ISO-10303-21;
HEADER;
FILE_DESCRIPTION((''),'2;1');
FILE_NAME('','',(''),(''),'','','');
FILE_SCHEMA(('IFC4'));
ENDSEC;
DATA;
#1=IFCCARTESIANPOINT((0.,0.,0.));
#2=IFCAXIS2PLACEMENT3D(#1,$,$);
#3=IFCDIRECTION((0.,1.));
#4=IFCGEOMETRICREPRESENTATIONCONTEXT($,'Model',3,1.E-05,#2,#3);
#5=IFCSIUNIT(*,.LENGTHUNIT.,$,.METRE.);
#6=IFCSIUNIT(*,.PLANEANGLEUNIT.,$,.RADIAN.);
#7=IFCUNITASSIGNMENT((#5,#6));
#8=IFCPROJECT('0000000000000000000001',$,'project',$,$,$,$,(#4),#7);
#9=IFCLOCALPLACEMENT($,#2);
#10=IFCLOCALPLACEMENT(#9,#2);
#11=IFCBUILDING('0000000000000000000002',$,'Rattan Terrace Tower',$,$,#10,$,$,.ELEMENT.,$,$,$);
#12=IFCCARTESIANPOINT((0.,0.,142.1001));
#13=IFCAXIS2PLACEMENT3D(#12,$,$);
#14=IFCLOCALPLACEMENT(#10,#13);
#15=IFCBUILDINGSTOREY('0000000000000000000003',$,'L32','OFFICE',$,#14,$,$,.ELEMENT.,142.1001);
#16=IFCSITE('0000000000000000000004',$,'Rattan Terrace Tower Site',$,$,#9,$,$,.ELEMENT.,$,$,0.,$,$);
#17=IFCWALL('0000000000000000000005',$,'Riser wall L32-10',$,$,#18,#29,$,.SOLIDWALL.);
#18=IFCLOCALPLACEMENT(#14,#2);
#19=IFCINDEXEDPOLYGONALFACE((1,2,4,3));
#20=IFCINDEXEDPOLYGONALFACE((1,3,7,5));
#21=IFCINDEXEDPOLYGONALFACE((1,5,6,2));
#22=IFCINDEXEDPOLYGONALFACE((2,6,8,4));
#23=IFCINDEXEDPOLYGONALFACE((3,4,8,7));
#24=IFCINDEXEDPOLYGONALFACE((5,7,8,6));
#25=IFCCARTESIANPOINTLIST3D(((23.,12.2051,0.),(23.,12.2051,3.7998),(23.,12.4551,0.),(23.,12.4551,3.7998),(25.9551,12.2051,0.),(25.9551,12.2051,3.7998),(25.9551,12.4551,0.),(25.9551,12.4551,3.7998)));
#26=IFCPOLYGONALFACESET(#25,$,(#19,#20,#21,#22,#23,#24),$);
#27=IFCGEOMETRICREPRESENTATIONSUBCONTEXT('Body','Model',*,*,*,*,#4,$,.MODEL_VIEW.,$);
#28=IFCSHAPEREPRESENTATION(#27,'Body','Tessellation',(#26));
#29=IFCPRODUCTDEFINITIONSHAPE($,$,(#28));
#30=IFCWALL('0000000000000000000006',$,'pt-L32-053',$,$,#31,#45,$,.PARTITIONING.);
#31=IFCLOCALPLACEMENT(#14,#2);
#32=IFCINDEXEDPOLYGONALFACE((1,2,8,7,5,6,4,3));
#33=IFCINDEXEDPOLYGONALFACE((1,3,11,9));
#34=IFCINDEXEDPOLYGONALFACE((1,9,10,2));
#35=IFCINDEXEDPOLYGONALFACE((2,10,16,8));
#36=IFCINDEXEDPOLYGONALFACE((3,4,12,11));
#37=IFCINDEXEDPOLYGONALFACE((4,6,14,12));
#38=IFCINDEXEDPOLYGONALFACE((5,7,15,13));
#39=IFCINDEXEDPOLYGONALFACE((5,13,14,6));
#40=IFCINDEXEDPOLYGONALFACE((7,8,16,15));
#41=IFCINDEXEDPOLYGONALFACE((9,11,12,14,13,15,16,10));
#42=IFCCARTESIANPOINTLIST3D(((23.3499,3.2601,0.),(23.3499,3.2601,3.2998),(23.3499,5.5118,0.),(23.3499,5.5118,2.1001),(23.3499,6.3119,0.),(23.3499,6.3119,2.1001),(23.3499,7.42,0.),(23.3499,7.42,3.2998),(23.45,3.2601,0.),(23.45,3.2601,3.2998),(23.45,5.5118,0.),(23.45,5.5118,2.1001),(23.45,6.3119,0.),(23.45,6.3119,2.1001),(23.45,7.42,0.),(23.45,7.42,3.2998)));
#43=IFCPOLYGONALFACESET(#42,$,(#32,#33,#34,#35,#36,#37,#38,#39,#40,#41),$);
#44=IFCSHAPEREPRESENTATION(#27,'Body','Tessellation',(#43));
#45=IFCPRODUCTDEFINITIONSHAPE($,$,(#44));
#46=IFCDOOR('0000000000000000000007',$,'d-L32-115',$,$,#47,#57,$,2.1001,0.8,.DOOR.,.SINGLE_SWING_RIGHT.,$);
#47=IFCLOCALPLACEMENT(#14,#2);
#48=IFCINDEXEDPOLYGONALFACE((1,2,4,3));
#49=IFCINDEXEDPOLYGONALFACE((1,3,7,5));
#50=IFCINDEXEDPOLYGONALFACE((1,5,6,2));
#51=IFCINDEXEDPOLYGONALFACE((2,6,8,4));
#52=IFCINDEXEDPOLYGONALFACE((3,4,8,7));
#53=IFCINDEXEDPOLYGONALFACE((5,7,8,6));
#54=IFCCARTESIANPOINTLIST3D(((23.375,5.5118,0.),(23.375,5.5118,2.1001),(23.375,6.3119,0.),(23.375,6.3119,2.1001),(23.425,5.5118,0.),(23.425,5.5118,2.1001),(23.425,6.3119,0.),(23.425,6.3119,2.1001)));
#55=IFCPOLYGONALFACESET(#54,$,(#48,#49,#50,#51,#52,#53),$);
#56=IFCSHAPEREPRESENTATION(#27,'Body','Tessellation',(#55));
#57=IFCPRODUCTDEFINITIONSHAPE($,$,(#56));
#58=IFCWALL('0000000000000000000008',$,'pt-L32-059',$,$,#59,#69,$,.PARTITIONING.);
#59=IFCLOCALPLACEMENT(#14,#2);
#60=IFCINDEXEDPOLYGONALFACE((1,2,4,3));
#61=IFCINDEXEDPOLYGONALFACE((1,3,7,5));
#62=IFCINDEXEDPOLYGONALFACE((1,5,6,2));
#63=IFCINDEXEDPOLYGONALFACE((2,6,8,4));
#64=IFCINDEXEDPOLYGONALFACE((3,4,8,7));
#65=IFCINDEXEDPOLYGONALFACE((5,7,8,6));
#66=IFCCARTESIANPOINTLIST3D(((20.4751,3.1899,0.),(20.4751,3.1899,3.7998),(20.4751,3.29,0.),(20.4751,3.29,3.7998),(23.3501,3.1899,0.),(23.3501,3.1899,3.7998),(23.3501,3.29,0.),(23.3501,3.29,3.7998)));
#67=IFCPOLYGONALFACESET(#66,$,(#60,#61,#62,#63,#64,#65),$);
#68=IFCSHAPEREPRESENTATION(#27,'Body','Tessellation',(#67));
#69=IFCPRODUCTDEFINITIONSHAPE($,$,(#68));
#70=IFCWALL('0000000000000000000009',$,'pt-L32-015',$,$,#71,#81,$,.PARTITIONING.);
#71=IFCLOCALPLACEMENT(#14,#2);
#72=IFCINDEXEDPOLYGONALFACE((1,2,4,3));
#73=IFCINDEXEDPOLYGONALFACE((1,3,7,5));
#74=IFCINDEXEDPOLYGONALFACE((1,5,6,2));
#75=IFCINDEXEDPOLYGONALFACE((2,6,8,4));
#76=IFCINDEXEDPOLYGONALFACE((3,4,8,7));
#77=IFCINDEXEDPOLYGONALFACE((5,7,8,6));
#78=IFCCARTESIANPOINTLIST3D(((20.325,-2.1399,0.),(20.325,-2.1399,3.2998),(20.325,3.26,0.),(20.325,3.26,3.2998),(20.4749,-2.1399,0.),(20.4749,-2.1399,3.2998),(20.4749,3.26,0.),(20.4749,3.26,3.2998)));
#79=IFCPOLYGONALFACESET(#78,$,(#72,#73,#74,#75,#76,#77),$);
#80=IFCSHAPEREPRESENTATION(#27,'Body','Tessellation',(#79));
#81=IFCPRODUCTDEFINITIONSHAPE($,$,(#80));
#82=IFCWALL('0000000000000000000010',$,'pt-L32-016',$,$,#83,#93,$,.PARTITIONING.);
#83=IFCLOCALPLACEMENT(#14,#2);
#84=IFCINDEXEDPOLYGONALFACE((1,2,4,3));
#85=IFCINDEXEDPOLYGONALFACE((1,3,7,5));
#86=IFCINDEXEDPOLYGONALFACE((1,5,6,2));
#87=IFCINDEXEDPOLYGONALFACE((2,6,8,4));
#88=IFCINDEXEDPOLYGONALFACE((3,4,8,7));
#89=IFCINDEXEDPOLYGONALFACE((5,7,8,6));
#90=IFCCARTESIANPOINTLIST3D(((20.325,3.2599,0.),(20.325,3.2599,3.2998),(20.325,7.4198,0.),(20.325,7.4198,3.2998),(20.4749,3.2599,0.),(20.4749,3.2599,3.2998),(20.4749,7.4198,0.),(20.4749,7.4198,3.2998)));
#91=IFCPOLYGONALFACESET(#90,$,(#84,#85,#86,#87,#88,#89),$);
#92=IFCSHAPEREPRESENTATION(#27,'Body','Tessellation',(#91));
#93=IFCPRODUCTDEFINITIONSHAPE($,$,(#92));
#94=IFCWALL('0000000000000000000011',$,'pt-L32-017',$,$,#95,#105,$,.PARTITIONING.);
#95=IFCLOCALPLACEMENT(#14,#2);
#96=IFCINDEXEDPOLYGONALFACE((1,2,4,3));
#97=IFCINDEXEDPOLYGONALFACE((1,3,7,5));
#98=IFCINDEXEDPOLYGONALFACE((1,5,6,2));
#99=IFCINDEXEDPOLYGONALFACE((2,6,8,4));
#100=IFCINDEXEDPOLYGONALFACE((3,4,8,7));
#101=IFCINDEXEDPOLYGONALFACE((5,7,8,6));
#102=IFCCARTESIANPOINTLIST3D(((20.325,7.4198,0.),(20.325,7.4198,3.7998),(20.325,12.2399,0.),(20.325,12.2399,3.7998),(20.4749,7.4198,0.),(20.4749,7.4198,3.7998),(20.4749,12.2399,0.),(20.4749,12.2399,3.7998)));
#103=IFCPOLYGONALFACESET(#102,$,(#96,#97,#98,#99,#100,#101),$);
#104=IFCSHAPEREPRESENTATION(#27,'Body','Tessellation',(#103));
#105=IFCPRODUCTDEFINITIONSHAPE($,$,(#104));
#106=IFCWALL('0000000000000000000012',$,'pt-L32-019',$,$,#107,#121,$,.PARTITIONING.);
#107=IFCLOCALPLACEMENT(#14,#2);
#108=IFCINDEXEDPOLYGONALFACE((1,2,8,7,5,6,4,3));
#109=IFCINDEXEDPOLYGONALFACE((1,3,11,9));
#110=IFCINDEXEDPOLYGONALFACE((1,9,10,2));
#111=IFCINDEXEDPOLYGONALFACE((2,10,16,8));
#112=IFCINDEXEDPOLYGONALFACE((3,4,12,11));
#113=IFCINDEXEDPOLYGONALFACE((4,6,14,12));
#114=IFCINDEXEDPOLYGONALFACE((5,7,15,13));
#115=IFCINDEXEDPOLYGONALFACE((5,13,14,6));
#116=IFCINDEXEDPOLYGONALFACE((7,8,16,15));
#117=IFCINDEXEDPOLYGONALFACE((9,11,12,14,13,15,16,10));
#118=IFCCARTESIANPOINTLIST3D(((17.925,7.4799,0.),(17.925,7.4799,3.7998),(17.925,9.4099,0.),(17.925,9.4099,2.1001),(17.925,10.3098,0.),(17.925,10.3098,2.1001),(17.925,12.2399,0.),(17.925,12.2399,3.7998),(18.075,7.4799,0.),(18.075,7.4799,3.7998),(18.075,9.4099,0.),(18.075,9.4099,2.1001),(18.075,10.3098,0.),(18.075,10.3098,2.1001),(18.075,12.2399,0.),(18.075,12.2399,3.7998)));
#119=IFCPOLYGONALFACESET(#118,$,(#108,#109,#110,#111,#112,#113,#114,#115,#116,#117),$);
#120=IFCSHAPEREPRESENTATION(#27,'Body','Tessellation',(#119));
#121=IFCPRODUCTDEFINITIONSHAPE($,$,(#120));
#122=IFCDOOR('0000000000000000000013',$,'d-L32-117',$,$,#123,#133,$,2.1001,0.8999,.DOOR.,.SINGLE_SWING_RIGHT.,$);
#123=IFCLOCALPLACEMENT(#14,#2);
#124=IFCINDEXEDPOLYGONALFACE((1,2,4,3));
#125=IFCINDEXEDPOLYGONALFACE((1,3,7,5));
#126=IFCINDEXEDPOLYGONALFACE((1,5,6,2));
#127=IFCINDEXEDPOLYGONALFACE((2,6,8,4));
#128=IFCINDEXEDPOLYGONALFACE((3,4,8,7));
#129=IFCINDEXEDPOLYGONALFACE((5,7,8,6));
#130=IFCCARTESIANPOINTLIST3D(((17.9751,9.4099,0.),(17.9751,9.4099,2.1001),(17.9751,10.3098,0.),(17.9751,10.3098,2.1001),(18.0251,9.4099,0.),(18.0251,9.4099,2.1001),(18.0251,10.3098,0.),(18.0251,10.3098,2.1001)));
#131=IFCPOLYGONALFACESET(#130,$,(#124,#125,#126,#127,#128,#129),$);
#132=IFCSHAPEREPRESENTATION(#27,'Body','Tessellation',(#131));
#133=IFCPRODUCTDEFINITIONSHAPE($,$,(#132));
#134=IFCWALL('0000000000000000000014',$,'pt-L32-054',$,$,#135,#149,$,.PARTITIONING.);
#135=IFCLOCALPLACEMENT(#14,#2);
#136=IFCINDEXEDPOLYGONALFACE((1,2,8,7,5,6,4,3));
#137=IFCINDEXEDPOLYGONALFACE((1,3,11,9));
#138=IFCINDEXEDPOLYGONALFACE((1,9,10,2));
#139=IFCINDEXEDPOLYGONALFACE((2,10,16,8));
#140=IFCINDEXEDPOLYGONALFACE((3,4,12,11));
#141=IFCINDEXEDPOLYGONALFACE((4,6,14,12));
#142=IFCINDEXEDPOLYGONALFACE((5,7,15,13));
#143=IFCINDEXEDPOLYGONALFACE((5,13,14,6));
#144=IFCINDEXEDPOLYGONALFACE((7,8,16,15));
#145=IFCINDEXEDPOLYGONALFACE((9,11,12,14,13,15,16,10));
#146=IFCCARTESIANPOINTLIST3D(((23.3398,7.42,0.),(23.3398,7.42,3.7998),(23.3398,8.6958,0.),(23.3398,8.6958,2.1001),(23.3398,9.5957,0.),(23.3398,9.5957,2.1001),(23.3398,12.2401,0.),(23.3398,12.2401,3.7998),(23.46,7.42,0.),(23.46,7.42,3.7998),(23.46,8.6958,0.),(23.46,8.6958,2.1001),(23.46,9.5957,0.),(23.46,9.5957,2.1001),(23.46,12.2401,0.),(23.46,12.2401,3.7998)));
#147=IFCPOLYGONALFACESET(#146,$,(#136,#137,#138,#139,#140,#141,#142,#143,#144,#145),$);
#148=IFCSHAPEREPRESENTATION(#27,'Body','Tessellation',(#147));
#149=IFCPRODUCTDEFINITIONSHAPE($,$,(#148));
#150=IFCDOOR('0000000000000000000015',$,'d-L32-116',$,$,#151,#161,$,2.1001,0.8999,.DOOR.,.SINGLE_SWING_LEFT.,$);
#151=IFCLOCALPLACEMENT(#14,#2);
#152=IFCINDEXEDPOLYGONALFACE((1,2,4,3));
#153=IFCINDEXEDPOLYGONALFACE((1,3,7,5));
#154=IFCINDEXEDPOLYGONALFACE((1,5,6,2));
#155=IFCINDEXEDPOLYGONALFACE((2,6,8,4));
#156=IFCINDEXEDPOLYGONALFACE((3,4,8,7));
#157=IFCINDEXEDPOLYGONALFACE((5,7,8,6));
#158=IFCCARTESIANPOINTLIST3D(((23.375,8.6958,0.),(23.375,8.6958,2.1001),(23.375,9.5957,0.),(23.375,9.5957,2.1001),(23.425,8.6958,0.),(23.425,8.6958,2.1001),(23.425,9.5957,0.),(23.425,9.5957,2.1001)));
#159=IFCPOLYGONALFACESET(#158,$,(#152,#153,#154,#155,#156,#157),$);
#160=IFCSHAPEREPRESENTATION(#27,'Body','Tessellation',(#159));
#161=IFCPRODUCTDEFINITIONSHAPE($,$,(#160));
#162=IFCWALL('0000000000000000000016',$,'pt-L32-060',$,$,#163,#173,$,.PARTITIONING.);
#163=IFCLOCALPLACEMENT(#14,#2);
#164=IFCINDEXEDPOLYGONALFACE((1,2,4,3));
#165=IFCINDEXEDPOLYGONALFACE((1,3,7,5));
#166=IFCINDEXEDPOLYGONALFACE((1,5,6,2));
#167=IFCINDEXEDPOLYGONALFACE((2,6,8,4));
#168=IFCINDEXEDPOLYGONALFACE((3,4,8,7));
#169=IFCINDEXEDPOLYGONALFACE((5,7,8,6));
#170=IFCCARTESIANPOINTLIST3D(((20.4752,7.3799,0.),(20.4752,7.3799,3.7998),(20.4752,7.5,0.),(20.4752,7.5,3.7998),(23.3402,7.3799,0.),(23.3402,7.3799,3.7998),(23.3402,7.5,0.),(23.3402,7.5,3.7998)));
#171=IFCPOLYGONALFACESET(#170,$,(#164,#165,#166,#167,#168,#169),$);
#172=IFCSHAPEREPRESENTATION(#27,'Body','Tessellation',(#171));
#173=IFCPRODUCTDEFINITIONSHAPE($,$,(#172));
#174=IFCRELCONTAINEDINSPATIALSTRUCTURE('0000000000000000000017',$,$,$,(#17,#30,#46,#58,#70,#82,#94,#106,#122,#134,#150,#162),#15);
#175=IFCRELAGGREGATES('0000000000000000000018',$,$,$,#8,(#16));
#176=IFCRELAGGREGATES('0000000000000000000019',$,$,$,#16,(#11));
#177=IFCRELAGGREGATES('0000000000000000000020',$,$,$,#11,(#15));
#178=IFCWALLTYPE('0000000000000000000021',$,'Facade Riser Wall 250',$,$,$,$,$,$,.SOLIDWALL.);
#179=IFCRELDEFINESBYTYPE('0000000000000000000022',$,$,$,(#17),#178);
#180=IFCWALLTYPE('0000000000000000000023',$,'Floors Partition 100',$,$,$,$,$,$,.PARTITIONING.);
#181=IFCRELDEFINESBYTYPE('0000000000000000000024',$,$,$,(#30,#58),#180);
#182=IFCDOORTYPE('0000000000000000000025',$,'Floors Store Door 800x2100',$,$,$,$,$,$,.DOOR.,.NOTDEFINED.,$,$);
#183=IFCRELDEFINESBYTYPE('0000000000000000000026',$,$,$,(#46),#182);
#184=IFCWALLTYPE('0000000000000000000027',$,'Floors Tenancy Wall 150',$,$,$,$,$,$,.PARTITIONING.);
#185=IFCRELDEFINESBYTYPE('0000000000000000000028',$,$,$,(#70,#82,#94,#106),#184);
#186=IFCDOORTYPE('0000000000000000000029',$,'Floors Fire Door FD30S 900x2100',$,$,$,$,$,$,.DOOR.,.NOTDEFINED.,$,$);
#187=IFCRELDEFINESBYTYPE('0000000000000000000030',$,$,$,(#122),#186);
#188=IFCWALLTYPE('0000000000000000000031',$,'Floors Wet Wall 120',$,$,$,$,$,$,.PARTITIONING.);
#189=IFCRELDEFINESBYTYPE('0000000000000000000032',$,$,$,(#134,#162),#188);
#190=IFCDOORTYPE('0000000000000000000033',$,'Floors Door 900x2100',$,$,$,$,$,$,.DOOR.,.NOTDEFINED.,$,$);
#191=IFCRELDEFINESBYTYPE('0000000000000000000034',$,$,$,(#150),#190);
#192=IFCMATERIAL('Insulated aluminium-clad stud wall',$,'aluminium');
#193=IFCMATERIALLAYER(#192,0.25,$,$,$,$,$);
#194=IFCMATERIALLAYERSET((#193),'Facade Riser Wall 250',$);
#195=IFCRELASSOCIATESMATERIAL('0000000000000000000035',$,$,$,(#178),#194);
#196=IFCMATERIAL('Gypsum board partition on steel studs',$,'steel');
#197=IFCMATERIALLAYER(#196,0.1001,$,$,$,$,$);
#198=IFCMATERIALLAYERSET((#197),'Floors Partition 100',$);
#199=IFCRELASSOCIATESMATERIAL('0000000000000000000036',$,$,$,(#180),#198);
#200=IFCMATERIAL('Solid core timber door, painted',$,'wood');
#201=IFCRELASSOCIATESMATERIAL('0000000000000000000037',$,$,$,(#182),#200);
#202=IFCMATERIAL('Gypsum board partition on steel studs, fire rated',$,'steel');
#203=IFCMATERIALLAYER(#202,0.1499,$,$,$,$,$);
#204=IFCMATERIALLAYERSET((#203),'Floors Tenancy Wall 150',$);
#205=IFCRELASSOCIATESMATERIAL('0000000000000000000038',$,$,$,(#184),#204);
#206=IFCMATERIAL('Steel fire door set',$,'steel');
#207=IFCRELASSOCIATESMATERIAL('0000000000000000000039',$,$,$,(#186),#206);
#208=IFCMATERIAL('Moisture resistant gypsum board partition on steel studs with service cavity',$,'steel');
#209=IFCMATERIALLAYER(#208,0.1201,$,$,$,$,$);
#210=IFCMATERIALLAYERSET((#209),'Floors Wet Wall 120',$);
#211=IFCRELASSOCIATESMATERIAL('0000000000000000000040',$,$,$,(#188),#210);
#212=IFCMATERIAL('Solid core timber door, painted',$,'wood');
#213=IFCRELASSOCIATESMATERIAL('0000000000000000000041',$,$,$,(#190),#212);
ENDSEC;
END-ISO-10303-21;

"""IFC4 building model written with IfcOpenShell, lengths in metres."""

from ifc_helpers import new_model, si_unit, direction, frame, frame_2d, origin, place, context, subcontext, project, spatial, rectangle, extrude, material, layer, layer_set, type_object, element, fill, save


model = new_model("IFC4")

# Units and contexts
model_context = context("Model", 3, precision=1e-05, world=origin(), true_north=direction((0.0, 1.0)))
body_context = subcontext(model_context, "Body", "Model", "MODEL_VIEW")
ifc_project = project(units=[si_unit("LENGTHUNIT", "METRE"), si_unit("PLANEANGLEUNIT", "RADIAN")], contexts=[model_context])

# Site, building, storey
site_placement = place(None, origin())
site = spatial("IfcSite", under=ifc_project, at=site_placement, Name="Rattan Terrace Tower Site", CompositionType="ELEMENT", RefElevation=0.0)
building_placement = place(site_placement, origin())
building = spatial("IfcBuilding", under=site, at=building_placement, Name="Rattan Terrace Tower", CompositionType="ELEMENT")
storey_placement = place(building_placement, frame((0.0, 0.0, 142.1001)))
storey = spatial("IfcBuildingStorey", under=building, at=storey_placement, Name="L32", Description="OFFICE", CompositionType="ELEMENT", Elevation=142.1001)

# Wall
ifc_material_1 = material(Name="Insulated aluminium-clad stud wall", Category="aluminium")
ifc_layer_1 = layer(ifc_material_1, 0.25)
ifc_layer_set_1 = layer_set([ifc_layer_1], Name="Facade Riser Wall 250")
wall_type_1 = type_object("IfcWallType", Name="Facade Riser Wall 250", PredefinedType="SOLIDWALL", material=ifc_layer_set_1)
wall_1_placement = place(storey_placement, frame((25.9551, 12.3301, 0.0), z_axis=(0.0, 0.0, 1.0), x_axis=(-1.0, 0.0, 0.0)))
element("IfcWall", 1, at=wall_1_placement, inside=storey, type_object=wall_type_1, Name="Riser wall L32-10", PredefinedType="SOLIDWALL", context=body_context, shape_type="SweptSolid", body=[
    extrude(rectangle(XDim=2.9551, YDim=0.25, at=frame_2d((1.4775, 0.0))), origin(), (0.0, 0.0, 1.0), 3.7998),
])

# Wall, opening, door
ifc_material_2 = material(Name="Gypsum board partition on steel studs", Category="steel")
ifc_layer_2 = layer(ifc_material_2, 0.1001)
ifc_layer_set_2 = layer_set([ifc_layer_2], Name="Floors Partition 100")
wall_type_2 = type_object("IfcWallType", Name="Floors Partition 100", PredefinedType="PARTITIONING", material=ifc_layer_set_2)
wall_2_placement = place(storey_placement, frame((23.3999, 3.26, 0.0), z_axis=(0.0, 0.0, 1.0), x_axis=(0.0, 1.0, 0.0)))
wall_2 = element("IfcWall", 2, at=wall_2_placement, inside=storey, type_object=wall_type_2, Name="pt-L32-053", PredefinedType="PARTITIONING", context=body_context, shape_type="SweptSolid", body=[
    extrude(rectangle(XDim=4.1599, YDim=0.1001, at=frame_2d((2.0801, 0.0))), origin(), (0.0, 0.0, 1.0), 3.2998),
])
opening_1_placement = place(wall_2_placement, frame((2.252, 0.0, 0.0)))
opening_1 = element("IfcOpeningElement", 3, at=opening_1_placement, cuts=wall_2, PredefinedType="OPENING", context=body_context, shape_type="SweptSolid", body=[
    extrude(rectangle(XDim=0.8, YDim=2.1001, at=frame_2d((0.3999, 1.05))), frame((0.0, 0.0605, 0.0), z_axis=(0.0, -1.0, 0.0), x_axis=(1.0, 0.0, 0.0)), (0.0, 0.0, 1.0), 0.1211),
])
ifc_material_3 = material(Name="Solid core timber door, painted", Category="wood")
door_type_1 = type_object("IfcDoorType", Name="Floors Store Door 800x2100", OperationType="NOTDEFINED", PredefinedType="DOOR", material=ifc_material_3)
door_1_placement = place(opening_1_placement, origin())
door_1 = element("IfcDoor", 4, at=door_1_placement, inside=storey, type_object=door_type_1, Name="d-L32-115", OperationType="SINGLE_SWING_RIGHT", OverallHeight=2.1001, OverallWidth=0.8, PredefinedType="DOOR", context=body_context, shape_type="SweptSolid", body=[
    extrude(rectangle(XDim=0.8, YDim=2.1001, at=frame_2d((0.3999, 1.05))), frame((0.0, 0.0249, 0.0), z_axis=(0.0, -1.0, 0.0), x_axis=(1.0, 0.0, 0.0)), (0.0, 0.0, 1.0), 0.05),
])
fill(opening_1, door_1)

# Walls
wall_3_placement = place(storey_placement, frame((20.4751, 3.24, 0.0), z_axis=(0.0, 0.0, 1.0), x_axis=(1.0, 0.0, 0.0)))
element("IfcWall", 5, at=wall_3_placement, inside=storey, type_object=wall_type_2, Name="pt-L32-059", PredefinedType="PARTITIONING", context=body_context, shape_type="SweptSolid", body=[
    extrude(rectangle(XDim=2.875, YDim=0.1001, at=frame_2d((1.4375, 0.0))), origin(), (0.0, 0.0, 1.0), 3.7998),
])
ifc_material_4 = material(Name="Gypsum board partition on steel studs, fire rated", Category="steel")
ifc_layer_3 = layer(ifc_material_4, 0.1499)
ifc_layer_set_3 = layer_set([ifc_layer_3], Name="Floors Tenancy Wall 150")
wall_type_3 = type_object("IfcWallType", Name="Floors Tenancy Wall 150", PredefinedType="PARTITIONING", material=ifc_layer_set_3)
wall_4_placement = place(storey_placement, frame((20.3999, 3.26, 0.0), z_axis=(0.0, 0.0, 1.0), x_axis=(0.0, -1.0, 0.0)))
element("IfcWall", 6, at=wall_4_placement, inside=storey, type_object=wall_type_3, Name="pt-L32-015", PredefinedType="PARTITIONING", context=body_context, shape_type="SweptSolid", body=[
    extrude(rectangle(XDim=5.3999, YDim=0.1499, at=frame_2d((2.7, 0.0))), origin(), (0.0, 0.0, 1.0), 3.2998),
])
wall_5_placement = place(storey_placement, frame((20.3999, 7.4199, 0.0), z_axis=(0.0, 0.0, 1.0), x_axis=(0.0, -1.0, 0.0)))
element("IfcWall", 7, at=wall_5_placement, inside=storey, type_object=wall_type_3, Name="pt-L32-016", PredefinedType="PARTITIONING", context=body_context, shape_type="SweptSolid", body=[
    extrude(rectangle(XDim=4.1599, YDim=0.1499, at=frame_2d((2.0801, 0.0))), origin(), (0.0, 0.0, 1.0), 3.2998),
])
wall_6_placement = place(storey_placement, frame((20.3999, 12.24, 0.0), z_axis=(0.0, 0.0, 1.0), x_axis=(0.0, -1.0, 0.0)))
element("IfcWall", 8, at=wall_6_placement, inside=storey, type_object=wall_type_3, Name="pt-L32-017", PredefinedType="PARTITIONING", context=body_context, shape_type="SweptSolid", body=[
    extrude(rectangle(XDim=4.8201, YDim=0.1499, at=frame_2d((2.4102, 0.0))), origin(), (0.0, 0.0, 1.0), 3.7998),
])

# Walls, openings, doors
wall_7_placement = place(storey_placement, frame((18.0, 7.48, 0.0), z_axis=(0.0, 0.0, 1.0), x_axis=(0.0, 1.0, 0.0)))
wall_7 = element("IfcWall", 9, at=wall_7_placement, inside=storey, type_object=wall_type_3, Name="pt-L32-019", PredefinedType="PARTITIONING", context=body_context, shape_type="SweptSolid", body=[
    extrude(rectangle(XDim=4.76, YDim=0.1499, at=frame_2d((2.3799, 0.0))), origin(), (0.0, 0.0, 1.0), 3.7998),
])
opening_2_placement = place(wall_7_placement, frame((1.9299, 0.0, 0.0)))
opening_2 = element("IfcOpeningElement", 10, at=opening_2_placement, cuts=wall_7, PredefinedType="OPENING", context=body_context, shape_type="SweptSolid", body=[
    extrude(rectangle(XDim=0.8999, YDim=2.1001, at=frame_2d((0.45, 1.05))), frame((0.0, 0.0854, 0.0), z_axis=(0.0, -1.0, 0.0), x_axis=(1.0, 0.0, 0.0)), (0.0, 0.0, 1.0), 0.1709),
])
ifc_material_5 = material(Name="Steel fire door set", Category="steel")
door_type_2 = type_object("IfcDoorType", Name="Floors Fire Door FD30S 900x2100", OperationType="NOTDEFINED", PredefinedType="DOOR", material=ifc_material_5)
door_2_placement = place(opening_2_placement, origin())
door_2 = element("IfcDoor", 11, at=door_2_placement, inside=storey, type_object=door_type_2, Name="d-L32-117", OperationType="SINGLE_SWING_RIGHT", OverallHeight=2.1001, OverallWidth=0.8999, PredefinedType="DOOR", context=body_context, shape_type="SweptSolid", body=[
    extrude(rectangle(XDim=0.8999, YDim=2.1001, at=frame_2d((0.45, 1.05))), frame((0.0, 0.0249, 0.0), z_axis=(0.0, -1.0, 0.0), x_axis=(1.0, 0.0, 0.0)), (0.0, 0.0, 1.0), 0.05),
])
fill(opening_2, door_2)
ifc_material_6 = material(Name="Moisture resistant gypsum board partition on steel studs with service cavity", Category="steel")
ifc_layer_4 = layer(ifc_material_6, 0.1201)
ifc_layer_set_4 = layer_set([ifc_layer_4], Name="Floors Wet Wall 120")
wall_type_4 = type_object("IfcWallType", Name="Floors Wet Wall 120", PredefinedType="PARTITIONING", material=ifc_layer_set_4)
wall_8_placement = place(storey_placement, frame((23.3999, 7.4199, 0.0), z_axis=(0.0, 0.0, 1.0), x_axis=(0.0, 1.0, 0.0)))
wall_8 = element("IfcWall", 12, at=wall_8_placement, inside=storey, type_object=wall_type_4, Name="pt-L32-054", PredefinedType="PARTITIONING", context=body_context, shape_type="SweptSolid", body=[
    extrude(rectangle(XDim=4.8201, YDim=0.1201, at=frame_2d((2.4102, 0.0))), origin(), (0.0, 0.0, 1.0), 3.7998),
])
opening_3_placement = place(wall_8_placement, frame((1.2759, 0.0, 0.0)))
opening_3 = element("IfcOpeningElement", 13, at=opening_3_placement, cuts=wall_8, PredefinedType="OPENING", context=body_context, shape_type="SweptSolid", body=[
    extrude(rectangle(XDim=0.8999, YDim=2.1001, at=frame_2d((0.45, 1.05))), frame((0.0, 0.0706, 0.0), z_axis=(0.0, -1.0, 0.0), x_axis=(1.0, 0.0, 0.0)), (0.0, 0.0, 1.0), 0.1411),
])
ifc_material_7 = material(Name="Solid core timber door, painted", Category="wood")
door_type_3 = type_object("IfcDoorType", Name="Floors Door 900x2100", OperationType="NOTDEFINED", PredefinedType="DOOR", material=ifc_material_7)
door_3_placement = place(opening_3_placement, origin())
door_3 = element("IfcDoor", 14, at=door_3_placement, inside=storey, type_object=door_type_3, Name="d-L32-116", OperationType="SINGLE_SWING_LEFT", OverallHeight=2.1001, OverallWidth=0.8999, PredefinedType="DOOR", context=body_context, shape_type="SweptSolid", body=[
    extrude(rectangle(XDim=0.8999, YDim=2.1001, at=frame_2d((0.45, 1.05))), frame((0.0, 0.0249, 0.0), z_axis=(0.0, -1.0, 0.0), x_axis=(1.0, 0.0, 0.0)), (0.0, 0.0, 1.0), 0.05),
])
fill(opening_3, door_3)

# Wall
wall_9_placement = place(storey_placement, frame((20.4751, 7.4399, 0.0), z_axis=(0.0, 0.0, 1.0), x_axis=(1.0, 0.0, 0.0)))
element("IfcWall", 15, at=wall_9_placement, inside=storey, type_object=wall_type_4, Name="pt-L32-060", PredefinedType="PARTITIONING", context=body_context, shape_type="SweptSolid", body=[
    extrude(rectangle(XDim=2.865, YDim=0.1201, at=frame_2d((1.4326, 0.0))), origin(), (0.0, 0.0, 1.0), 3.7998),
])

save(model, "model.ifc")
